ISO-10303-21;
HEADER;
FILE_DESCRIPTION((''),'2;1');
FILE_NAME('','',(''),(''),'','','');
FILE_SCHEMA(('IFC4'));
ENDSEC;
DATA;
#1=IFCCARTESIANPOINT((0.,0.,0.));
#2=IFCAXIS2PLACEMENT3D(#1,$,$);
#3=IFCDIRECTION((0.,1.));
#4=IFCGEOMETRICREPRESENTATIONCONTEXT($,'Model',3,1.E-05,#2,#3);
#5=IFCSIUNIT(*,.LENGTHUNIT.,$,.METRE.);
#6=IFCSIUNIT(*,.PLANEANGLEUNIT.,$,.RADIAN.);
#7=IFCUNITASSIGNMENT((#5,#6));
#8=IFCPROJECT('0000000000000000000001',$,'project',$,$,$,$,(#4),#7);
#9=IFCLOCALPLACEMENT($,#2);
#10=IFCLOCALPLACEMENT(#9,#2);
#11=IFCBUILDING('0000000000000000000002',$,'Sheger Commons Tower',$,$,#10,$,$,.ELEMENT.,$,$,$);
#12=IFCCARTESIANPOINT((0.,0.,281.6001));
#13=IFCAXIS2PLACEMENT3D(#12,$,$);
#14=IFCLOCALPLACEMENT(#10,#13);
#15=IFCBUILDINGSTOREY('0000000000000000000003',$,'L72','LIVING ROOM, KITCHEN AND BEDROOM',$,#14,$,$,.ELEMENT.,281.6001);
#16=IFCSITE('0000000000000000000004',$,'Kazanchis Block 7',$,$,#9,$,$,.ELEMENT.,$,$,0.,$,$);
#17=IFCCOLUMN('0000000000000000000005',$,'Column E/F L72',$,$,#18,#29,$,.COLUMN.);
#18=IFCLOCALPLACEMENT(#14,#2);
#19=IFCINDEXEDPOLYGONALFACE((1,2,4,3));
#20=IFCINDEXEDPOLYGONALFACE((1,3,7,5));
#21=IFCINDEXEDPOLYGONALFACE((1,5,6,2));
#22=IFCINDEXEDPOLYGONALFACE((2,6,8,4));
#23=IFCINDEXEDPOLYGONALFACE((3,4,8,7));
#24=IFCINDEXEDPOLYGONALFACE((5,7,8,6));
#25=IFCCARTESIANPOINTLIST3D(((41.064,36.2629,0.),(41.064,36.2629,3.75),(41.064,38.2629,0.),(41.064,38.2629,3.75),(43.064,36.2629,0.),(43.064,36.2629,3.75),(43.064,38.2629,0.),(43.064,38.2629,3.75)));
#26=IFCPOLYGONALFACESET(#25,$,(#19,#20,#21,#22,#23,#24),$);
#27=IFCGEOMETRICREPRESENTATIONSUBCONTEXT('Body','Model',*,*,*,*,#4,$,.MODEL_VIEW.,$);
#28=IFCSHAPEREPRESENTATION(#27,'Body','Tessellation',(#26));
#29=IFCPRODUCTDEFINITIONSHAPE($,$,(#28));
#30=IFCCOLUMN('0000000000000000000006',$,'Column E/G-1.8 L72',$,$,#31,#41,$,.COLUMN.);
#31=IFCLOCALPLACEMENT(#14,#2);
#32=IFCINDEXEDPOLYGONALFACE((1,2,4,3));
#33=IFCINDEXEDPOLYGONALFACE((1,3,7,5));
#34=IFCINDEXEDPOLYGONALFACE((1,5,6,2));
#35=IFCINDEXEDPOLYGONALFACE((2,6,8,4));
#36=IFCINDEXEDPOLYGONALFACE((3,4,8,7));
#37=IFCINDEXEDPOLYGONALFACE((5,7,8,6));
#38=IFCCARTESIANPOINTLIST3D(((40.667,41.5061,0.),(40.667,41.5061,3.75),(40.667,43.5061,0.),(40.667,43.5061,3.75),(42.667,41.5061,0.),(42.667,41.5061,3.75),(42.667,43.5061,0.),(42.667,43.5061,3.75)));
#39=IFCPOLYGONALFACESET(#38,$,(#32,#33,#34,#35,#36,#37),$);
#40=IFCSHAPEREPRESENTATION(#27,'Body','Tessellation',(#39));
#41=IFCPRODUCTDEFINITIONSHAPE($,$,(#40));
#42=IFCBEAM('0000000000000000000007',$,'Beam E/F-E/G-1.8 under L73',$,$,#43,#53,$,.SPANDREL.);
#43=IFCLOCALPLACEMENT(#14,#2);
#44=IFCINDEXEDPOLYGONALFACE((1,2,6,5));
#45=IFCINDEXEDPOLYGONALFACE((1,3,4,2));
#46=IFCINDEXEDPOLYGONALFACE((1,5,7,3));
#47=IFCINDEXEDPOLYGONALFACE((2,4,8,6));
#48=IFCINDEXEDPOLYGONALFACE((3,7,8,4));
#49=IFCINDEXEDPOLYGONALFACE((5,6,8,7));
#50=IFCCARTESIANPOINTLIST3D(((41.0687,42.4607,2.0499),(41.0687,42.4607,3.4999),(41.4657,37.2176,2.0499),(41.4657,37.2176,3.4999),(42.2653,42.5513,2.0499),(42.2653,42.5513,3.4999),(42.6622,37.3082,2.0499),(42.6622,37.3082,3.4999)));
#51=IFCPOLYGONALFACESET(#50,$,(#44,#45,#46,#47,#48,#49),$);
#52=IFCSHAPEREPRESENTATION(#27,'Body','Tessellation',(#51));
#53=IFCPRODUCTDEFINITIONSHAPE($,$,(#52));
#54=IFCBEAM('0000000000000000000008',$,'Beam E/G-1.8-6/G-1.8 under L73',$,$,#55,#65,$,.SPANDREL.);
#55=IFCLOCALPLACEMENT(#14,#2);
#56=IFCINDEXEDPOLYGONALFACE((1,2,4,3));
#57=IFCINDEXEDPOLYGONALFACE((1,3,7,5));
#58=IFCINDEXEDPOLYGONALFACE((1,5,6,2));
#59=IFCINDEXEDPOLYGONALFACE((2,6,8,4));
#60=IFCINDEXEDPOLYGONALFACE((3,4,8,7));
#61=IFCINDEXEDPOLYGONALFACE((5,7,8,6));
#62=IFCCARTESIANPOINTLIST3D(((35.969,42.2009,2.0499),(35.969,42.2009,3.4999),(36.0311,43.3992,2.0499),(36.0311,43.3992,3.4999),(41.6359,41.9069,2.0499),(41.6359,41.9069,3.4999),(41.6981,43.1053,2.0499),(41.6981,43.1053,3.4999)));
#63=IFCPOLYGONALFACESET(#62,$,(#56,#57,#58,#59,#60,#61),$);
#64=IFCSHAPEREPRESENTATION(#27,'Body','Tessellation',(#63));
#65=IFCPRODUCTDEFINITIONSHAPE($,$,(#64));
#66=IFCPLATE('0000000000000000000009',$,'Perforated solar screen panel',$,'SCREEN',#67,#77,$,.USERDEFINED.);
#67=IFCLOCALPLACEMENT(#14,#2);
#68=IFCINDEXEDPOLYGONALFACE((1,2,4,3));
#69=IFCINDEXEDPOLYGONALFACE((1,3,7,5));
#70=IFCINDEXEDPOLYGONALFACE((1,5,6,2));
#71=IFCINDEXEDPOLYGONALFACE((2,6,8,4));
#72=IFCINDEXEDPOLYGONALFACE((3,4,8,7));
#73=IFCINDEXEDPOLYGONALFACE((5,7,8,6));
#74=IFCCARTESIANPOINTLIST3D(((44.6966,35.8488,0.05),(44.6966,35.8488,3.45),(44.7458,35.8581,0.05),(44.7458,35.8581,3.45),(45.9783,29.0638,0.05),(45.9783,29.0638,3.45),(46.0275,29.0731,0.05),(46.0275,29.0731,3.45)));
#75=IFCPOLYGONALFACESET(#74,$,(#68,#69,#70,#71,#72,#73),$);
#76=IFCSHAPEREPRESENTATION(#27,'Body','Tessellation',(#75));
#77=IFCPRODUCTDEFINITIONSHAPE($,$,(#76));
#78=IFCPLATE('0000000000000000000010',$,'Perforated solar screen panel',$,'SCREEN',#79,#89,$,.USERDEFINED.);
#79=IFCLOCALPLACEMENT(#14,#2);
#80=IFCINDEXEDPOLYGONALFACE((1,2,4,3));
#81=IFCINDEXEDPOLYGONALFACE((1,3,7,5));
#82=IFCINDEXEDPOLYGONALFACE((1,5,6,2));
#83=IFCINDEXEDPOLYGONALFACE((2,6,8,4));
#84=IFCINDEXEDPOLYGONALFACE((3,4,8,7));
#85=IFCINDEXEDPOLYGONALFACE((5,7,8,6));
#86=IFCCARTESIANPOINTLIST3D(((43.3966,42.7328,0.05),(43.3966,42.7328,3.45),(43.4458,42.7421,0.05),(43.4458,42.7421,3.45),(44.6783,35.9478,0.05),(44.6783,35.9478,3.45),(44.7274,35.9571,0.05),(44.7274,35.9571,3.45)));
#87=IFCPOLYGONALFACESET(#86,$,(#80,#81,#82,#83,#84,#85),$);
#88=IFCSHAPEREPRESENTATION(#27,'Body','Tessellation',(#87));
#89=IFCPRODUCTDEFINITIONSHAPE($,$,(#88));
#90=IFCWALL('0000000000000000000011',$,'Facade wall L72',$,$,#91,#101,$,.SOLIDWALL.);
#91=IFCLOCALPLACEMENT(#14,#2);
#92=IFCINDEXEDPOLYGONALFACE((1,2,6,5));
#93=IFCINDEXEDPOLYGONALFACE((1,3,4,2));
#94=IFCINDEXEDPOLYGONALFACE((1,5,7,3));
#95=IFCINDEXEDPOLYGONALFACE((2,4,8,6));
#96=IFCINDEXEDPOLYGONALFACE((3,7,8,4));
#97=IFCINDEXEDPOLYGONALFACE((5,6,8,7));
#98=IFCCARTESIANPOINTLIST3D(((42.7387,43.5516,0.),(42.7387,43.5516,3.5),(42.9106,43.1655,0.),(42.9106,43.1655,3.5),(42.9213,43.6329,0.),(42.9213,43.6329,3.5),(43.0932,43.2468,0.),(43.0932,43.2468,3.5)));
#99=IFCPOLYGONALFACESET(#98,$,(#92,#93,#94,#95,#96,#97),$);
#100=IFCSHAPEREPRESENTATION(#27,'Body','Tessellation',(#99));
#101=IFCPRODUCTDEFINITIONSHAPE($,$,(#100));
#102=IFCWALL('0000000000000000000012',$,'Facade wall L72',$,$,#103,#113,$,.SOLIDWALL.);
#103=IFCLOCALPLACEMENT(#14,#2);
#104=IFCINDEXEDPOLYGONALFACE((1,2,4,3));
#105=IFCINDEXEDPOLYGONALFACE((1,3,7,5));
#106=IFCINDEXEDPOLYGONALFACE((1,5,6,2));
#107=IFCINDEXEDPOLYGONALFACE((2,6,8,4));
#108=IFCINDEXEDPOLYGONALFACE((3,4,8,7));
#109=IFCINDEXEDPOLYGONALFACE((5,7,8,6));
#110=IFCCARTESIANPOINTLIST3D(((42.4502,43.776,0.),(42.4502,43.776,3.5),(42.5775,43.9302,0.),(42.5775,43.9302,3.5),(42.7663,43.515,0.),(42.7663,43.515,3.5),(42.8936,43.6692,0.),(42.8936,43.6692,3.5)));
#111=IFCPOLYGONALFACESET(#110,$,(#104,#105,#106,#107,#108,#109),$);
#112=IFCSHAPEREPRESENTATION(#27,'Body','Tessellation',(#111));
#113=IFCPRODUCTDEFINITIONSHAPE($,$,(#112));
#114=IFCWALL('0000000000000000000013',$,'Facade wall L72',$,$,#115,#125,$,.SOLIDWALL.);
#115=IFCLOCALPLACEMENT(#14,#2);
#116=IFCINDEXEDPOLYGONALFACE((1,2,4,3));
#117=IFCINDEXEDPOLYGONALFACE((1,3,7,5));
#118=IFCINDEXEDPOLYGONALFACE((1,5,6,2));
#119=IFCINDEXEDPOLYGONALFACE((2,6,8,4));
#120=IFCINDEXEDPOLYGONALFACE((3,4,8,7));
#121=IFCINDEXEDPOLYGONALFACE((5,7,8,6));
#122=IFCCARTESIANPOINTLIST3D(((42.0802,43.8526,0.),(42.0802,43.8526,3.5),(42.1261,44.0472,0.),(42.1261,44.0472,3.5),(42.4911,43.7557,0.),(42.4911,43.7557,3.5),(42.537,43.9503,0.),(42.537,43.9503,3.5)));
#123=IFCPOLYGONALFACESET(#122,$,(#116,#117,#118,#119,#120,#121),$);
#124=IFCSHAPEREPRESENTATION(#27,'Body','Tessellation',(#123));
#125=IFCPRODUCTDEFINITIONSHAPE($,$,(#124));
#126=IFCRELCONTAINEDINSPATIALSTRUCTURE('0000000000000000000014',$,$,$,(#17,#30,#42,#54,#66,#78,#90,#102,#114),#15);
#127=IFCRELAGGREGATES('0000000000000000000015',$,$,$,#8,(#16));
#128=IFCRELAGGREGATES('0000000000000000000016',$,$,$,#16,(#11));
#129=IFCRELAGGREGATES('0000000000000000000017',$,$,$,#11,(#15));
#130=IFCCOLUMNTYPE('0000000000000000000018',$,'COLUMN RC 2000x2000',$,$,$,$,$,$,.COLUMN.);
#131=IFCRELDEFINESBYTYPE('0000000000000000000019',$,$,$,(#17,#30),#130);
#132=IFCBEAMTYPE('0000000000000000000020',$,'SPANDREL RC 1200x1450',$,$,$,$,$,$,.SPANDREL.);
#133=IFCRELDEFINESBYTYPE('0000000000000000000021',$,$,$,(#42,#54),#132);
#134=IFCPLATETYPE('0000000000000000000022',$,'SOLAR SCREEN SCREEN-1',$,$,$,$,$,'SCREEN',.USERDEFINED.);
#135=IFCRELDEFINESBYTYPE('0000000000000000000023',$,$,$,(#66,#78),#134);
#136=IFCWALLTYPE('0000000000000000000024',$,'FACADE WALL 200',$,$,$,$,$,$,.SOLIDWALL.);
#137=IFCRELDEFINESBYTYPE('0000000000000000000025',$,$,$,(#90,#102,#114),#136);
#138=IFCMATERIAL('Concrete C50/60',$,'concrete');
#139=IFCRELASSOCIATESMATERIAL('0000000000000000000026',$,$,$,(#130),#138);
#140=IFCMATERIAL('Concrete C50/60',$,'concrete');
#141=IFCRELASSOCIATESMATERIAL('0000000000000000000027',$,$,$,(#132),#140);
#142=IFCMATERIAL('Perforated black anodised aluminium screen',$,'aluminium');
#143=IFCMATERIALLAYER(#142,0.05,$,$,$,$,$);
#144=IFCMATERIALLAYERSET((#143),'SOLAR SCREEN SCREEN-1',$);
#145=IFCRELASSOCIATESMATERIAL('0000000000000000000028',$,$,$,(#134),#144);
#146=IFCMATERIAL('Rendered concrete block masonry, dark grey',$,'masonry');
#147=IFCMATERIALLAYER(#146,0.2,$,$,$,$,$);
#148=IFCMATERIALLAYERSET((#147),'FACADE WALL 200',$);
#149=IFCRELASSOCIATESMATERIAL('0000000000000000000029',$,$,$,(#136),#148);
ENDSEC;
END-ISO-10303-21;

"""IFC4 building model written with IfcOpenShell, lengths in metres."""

from ifc_helpers import new_model, si_unit, direction, frame, frame_2d, origin, origin_2d, place, context, subcontext, project, spatial, rectangle, extrude, material, layer, layer_set, material_profile, profile_set, type_object, element, save


model = new_model("IFC4")

# Units and contexts
model_context = context("Model", 3, precision=1e-05, world=origin(), true_north=direction((0.0, 1.0)))
body_context = subcontext(model_context, "Body", "Model", "MODEL_VIEW")
ifc_project = project(units=[si_unit("LENGTHUNIT", "METRE"), si_unit("PLANEANGLEUNIT", "RADIAN")], contexts=[model_context])

# Site, building, storey
site_placement = place(None, origin())
site = spatial("IfcSite", under=ifc_project, at=site_placement, Name="Kazanchis Block 7", CompositionType="ELEMENT", RefElevation=0.0)
building_placement = place(site_placement, origin())
building = spatial("IfcBuilding", under=site, at=building_placement, Name="Sheger Commons Tower", CompositionType="ELEMENT")
storey_placement = place(building_placement, frame((0.0, 0.0, 281.6001)))
storey = spatial("IfcBuildingStorey", under=building, at=storey_placement, Name="L72", Description="LIVING ROOM, KITCHEN AND BEDROOM", CompositionType="ELEMENT", Elevation=281.6001)

# Columns
ifc_material_1 = material(Name="Concrete C50/60", Category="concrete")
ifc_material_profile_1 = material_profile(ifc_material_1, rectangle(XDim=2.0, YDim=2.0, at=origin_2d()), Name="RC 2000x2000")
ifc_profile_set_1 = profile_set([ifc_material_profile_1], Name="Concrete C50/60")
column_type = type_object("IfcColumnType", Name="COLUMN RC 2000x2000", PredefinedType="COLUMN", material=ifc_profile_set_1)
for number, where, z_axis, x_axis, name in (
    (1, (42.064, 37.2629, 0.0), (0.0, 0.0, 1.0), (1.0, 0.0, 0.0), "Column E/F L72"),
    (2, (41.667, 42.5061, 0.0), (0.0, 0.0, 1.0), (1.0, 0.0, 0.0), "Column E/G-1.8 L72"),
):
    element("IfcColumn", number, at=place(storey_placement, frame(where, z_axis=z_axis, x_axis=x_axis)), inside=storey, type_object=column_type, Name=name, PredefinedType="COLUMN", context=body_context, shape_type="SweptSolid", body=[
        extrude(rectangle(XDim=2.0, YDim=2.0, at=origin_2d()), origin(), (0.0, 0.0, 1.0), 3.75),
    ])

# Beams
ifc_material_2 = material(Name="Concrete C50/60", Category="concrete")
ifc_material_profile_2 = material_profile(ifc_material_2, rectangle(XDim=1.2, YDim=1.45, at=origin_2d()), Name="RC 1200x1450")
ifc_profile_set_2 = profile_set([ifc_material_profile_2], Name="Concrete C50/60")
beam_type = type_object("IfcBeamType", Name="SPANDREL RC 1200x1450", PredefinedType="SPANDREL", material=ifc_profile_set_2)
beam_1_placement = place(storey_placement, frame((42.064, 37.2629, 2.7749), z_axis=(-0.075496, 0.997146, 0.0), x_axis=(-0.997146, -0.075496, 0.0)))
element("IfcBeam", 3, at=beam_1_placement, inside=storey, type_object=beam_type, Name="Beam E/F-E/G-1.8 under L73", PredefinedType="SPANDREL", context=body_context, shape_type="SweptSolid", body=[
    extrude(rectangle(XDim=1.2, YDim=1.45, at=origin_2d()), origin(), (0.0, 0.0, 1.0), 5.2581),
])
beam_2_placement = place(storey_placement, frame((41.667, 42.5061, 2.7749), z_axis=(-0.998657, 0.0518, 0.0), x_axis=(-0.0518, -0.998657, 0.0)))
element("IfcBeam", 4, at=beam_2_placement, inside=storey, type_object=beam_type, Name="Beam E/G-1.8-6/G-1.8 under L73", PredefinedType="SPANDREL", context=body_context, shape_type="SweptSolid", body=[
    extrude(rectangle(XDim=1.2, YDim=1.45, at=origin_2d()), origin(), (0.0, 0.0, 1.0), 5.6746),
])

# Plates
ifc_material_3 = material(Name="Perforated black anodised aluminium screen", Category="aluminium")
ifc_layer_1 = layer(ifc_material_3, 0.05)
ifc_layer_set_1 = layer_set([ifc_layer_1], Name="SOLAR SCREEN SCREEN-1")
plate_type = type_object("IfcPlateType", Name="SOLAR SCREEN SCREEN-1", ElementType="SCREEN", PredefinedType="USERDEFINED", material=ifc_layer_set_1)
for number, where, z_axis, x_axis, name in (
    (5, (45.3621, 32.4609, 0.05), (0.0, 0.0, 1.0), (-0.185615, 0.982623, 0.0), "Perforated solar screen panel"),
    (6, (44.062, 39.345, 0.05), (0.0, 0.0, 1.0), (-0.185615, 0.982623, 0.0), "Perforated solar screen panel"),
):
    element("IfcPlate", number, at=place(storey_placement, frame(where, z_axis=z_axis, x_axis=x_axis)), inside=storey, type_object=plate_type, Name=name, ObjectType="SCREEN", PredefinedType="USERDEFINED", context=body_context, shape_type="SweptSolid", body=[
        extrude(rectangle(XDim=6.905, YDim=0.05, at=origin_2d()), origin(), (0.0, 0.0, 1.0), 3.3999),
    ])

# Walls
ifc_material_4 = material(Name="Rendered concrete block masonry, dark grey", Category="masonry")
ifc_layer_2 = layer(ifc_material_4, 0.2)
ifc_layer_set_2 = layer_set([ifc_layer_2], Name="FACADE WALL 200")
wall_type_1 = type_object("IfcWallType", Name="FACADE WALL 200", PredefinedType="SOLIDWALL", material=ifc_layer_set_2)
wall_1_placement = place(storey_placement, frame((43.002, 43.2061, 0.0), z_axis=(0.0, 0.0, 1.0), x_axis=(-0.406782, 0.913525, 0.0)))
element("IfcWall", 7, at=wall_1_placement, inside=storey, type_object=wall_type_1, Name="Facade wall L72", PredefinedType="SOLIDWALL", context=body_context, shape_type="SweptSolid", body=[
    extrude(rectangle(XDim=0.4226, YDim=0.2, at=frame_2d((0.2114, 0.0))), origin(), (0.0, 0.0, 1.0), 3.5),
])
wall_2_placement = place(storey_placement, frame((42.8301, 43.592, 0.0), z_axis=(0.0, 0.0, 1.0), x_axis=(-0.771191, 0.636604, 0.0)))
element("IfcWall", 8, at=wall_2_placement, inside=storey, type_object=wall_type_1, Name="Facade wall L72", PredefinedType="SOLIDWALL", context=body_context, shape_type="SweptSolid", body=[
    extrude(rectangle(XDim=0.4099, YDim=0.2, at=frame_2d((0.2051, 0.0))), origin(), (0.0, 0.0, 1.0), 3.5),
])
wall_3_placement = place(storey_placement, frame((42.5139, 43.853, 0.0), z_axis=(0.0, 0.0, 1.0), x_axis=(-0.973288, 0.229587, 0.0)))
element("IfcWall", 9, at=wall_3_placement, inside=storey, type_object=wall_type_1, Name="Facade wall L72", PredefinedType="SOLIDWALL", context=body_context, shape_type="SweptSolid", body=[
    extrude(rectangle(XDim=0.4221, YDim=0.2, at=frame_2d((0.2109, 0.0))), origin(), (0.0, 0.0, 1.0), 3.5),
])

save(model, "model.ifc")
